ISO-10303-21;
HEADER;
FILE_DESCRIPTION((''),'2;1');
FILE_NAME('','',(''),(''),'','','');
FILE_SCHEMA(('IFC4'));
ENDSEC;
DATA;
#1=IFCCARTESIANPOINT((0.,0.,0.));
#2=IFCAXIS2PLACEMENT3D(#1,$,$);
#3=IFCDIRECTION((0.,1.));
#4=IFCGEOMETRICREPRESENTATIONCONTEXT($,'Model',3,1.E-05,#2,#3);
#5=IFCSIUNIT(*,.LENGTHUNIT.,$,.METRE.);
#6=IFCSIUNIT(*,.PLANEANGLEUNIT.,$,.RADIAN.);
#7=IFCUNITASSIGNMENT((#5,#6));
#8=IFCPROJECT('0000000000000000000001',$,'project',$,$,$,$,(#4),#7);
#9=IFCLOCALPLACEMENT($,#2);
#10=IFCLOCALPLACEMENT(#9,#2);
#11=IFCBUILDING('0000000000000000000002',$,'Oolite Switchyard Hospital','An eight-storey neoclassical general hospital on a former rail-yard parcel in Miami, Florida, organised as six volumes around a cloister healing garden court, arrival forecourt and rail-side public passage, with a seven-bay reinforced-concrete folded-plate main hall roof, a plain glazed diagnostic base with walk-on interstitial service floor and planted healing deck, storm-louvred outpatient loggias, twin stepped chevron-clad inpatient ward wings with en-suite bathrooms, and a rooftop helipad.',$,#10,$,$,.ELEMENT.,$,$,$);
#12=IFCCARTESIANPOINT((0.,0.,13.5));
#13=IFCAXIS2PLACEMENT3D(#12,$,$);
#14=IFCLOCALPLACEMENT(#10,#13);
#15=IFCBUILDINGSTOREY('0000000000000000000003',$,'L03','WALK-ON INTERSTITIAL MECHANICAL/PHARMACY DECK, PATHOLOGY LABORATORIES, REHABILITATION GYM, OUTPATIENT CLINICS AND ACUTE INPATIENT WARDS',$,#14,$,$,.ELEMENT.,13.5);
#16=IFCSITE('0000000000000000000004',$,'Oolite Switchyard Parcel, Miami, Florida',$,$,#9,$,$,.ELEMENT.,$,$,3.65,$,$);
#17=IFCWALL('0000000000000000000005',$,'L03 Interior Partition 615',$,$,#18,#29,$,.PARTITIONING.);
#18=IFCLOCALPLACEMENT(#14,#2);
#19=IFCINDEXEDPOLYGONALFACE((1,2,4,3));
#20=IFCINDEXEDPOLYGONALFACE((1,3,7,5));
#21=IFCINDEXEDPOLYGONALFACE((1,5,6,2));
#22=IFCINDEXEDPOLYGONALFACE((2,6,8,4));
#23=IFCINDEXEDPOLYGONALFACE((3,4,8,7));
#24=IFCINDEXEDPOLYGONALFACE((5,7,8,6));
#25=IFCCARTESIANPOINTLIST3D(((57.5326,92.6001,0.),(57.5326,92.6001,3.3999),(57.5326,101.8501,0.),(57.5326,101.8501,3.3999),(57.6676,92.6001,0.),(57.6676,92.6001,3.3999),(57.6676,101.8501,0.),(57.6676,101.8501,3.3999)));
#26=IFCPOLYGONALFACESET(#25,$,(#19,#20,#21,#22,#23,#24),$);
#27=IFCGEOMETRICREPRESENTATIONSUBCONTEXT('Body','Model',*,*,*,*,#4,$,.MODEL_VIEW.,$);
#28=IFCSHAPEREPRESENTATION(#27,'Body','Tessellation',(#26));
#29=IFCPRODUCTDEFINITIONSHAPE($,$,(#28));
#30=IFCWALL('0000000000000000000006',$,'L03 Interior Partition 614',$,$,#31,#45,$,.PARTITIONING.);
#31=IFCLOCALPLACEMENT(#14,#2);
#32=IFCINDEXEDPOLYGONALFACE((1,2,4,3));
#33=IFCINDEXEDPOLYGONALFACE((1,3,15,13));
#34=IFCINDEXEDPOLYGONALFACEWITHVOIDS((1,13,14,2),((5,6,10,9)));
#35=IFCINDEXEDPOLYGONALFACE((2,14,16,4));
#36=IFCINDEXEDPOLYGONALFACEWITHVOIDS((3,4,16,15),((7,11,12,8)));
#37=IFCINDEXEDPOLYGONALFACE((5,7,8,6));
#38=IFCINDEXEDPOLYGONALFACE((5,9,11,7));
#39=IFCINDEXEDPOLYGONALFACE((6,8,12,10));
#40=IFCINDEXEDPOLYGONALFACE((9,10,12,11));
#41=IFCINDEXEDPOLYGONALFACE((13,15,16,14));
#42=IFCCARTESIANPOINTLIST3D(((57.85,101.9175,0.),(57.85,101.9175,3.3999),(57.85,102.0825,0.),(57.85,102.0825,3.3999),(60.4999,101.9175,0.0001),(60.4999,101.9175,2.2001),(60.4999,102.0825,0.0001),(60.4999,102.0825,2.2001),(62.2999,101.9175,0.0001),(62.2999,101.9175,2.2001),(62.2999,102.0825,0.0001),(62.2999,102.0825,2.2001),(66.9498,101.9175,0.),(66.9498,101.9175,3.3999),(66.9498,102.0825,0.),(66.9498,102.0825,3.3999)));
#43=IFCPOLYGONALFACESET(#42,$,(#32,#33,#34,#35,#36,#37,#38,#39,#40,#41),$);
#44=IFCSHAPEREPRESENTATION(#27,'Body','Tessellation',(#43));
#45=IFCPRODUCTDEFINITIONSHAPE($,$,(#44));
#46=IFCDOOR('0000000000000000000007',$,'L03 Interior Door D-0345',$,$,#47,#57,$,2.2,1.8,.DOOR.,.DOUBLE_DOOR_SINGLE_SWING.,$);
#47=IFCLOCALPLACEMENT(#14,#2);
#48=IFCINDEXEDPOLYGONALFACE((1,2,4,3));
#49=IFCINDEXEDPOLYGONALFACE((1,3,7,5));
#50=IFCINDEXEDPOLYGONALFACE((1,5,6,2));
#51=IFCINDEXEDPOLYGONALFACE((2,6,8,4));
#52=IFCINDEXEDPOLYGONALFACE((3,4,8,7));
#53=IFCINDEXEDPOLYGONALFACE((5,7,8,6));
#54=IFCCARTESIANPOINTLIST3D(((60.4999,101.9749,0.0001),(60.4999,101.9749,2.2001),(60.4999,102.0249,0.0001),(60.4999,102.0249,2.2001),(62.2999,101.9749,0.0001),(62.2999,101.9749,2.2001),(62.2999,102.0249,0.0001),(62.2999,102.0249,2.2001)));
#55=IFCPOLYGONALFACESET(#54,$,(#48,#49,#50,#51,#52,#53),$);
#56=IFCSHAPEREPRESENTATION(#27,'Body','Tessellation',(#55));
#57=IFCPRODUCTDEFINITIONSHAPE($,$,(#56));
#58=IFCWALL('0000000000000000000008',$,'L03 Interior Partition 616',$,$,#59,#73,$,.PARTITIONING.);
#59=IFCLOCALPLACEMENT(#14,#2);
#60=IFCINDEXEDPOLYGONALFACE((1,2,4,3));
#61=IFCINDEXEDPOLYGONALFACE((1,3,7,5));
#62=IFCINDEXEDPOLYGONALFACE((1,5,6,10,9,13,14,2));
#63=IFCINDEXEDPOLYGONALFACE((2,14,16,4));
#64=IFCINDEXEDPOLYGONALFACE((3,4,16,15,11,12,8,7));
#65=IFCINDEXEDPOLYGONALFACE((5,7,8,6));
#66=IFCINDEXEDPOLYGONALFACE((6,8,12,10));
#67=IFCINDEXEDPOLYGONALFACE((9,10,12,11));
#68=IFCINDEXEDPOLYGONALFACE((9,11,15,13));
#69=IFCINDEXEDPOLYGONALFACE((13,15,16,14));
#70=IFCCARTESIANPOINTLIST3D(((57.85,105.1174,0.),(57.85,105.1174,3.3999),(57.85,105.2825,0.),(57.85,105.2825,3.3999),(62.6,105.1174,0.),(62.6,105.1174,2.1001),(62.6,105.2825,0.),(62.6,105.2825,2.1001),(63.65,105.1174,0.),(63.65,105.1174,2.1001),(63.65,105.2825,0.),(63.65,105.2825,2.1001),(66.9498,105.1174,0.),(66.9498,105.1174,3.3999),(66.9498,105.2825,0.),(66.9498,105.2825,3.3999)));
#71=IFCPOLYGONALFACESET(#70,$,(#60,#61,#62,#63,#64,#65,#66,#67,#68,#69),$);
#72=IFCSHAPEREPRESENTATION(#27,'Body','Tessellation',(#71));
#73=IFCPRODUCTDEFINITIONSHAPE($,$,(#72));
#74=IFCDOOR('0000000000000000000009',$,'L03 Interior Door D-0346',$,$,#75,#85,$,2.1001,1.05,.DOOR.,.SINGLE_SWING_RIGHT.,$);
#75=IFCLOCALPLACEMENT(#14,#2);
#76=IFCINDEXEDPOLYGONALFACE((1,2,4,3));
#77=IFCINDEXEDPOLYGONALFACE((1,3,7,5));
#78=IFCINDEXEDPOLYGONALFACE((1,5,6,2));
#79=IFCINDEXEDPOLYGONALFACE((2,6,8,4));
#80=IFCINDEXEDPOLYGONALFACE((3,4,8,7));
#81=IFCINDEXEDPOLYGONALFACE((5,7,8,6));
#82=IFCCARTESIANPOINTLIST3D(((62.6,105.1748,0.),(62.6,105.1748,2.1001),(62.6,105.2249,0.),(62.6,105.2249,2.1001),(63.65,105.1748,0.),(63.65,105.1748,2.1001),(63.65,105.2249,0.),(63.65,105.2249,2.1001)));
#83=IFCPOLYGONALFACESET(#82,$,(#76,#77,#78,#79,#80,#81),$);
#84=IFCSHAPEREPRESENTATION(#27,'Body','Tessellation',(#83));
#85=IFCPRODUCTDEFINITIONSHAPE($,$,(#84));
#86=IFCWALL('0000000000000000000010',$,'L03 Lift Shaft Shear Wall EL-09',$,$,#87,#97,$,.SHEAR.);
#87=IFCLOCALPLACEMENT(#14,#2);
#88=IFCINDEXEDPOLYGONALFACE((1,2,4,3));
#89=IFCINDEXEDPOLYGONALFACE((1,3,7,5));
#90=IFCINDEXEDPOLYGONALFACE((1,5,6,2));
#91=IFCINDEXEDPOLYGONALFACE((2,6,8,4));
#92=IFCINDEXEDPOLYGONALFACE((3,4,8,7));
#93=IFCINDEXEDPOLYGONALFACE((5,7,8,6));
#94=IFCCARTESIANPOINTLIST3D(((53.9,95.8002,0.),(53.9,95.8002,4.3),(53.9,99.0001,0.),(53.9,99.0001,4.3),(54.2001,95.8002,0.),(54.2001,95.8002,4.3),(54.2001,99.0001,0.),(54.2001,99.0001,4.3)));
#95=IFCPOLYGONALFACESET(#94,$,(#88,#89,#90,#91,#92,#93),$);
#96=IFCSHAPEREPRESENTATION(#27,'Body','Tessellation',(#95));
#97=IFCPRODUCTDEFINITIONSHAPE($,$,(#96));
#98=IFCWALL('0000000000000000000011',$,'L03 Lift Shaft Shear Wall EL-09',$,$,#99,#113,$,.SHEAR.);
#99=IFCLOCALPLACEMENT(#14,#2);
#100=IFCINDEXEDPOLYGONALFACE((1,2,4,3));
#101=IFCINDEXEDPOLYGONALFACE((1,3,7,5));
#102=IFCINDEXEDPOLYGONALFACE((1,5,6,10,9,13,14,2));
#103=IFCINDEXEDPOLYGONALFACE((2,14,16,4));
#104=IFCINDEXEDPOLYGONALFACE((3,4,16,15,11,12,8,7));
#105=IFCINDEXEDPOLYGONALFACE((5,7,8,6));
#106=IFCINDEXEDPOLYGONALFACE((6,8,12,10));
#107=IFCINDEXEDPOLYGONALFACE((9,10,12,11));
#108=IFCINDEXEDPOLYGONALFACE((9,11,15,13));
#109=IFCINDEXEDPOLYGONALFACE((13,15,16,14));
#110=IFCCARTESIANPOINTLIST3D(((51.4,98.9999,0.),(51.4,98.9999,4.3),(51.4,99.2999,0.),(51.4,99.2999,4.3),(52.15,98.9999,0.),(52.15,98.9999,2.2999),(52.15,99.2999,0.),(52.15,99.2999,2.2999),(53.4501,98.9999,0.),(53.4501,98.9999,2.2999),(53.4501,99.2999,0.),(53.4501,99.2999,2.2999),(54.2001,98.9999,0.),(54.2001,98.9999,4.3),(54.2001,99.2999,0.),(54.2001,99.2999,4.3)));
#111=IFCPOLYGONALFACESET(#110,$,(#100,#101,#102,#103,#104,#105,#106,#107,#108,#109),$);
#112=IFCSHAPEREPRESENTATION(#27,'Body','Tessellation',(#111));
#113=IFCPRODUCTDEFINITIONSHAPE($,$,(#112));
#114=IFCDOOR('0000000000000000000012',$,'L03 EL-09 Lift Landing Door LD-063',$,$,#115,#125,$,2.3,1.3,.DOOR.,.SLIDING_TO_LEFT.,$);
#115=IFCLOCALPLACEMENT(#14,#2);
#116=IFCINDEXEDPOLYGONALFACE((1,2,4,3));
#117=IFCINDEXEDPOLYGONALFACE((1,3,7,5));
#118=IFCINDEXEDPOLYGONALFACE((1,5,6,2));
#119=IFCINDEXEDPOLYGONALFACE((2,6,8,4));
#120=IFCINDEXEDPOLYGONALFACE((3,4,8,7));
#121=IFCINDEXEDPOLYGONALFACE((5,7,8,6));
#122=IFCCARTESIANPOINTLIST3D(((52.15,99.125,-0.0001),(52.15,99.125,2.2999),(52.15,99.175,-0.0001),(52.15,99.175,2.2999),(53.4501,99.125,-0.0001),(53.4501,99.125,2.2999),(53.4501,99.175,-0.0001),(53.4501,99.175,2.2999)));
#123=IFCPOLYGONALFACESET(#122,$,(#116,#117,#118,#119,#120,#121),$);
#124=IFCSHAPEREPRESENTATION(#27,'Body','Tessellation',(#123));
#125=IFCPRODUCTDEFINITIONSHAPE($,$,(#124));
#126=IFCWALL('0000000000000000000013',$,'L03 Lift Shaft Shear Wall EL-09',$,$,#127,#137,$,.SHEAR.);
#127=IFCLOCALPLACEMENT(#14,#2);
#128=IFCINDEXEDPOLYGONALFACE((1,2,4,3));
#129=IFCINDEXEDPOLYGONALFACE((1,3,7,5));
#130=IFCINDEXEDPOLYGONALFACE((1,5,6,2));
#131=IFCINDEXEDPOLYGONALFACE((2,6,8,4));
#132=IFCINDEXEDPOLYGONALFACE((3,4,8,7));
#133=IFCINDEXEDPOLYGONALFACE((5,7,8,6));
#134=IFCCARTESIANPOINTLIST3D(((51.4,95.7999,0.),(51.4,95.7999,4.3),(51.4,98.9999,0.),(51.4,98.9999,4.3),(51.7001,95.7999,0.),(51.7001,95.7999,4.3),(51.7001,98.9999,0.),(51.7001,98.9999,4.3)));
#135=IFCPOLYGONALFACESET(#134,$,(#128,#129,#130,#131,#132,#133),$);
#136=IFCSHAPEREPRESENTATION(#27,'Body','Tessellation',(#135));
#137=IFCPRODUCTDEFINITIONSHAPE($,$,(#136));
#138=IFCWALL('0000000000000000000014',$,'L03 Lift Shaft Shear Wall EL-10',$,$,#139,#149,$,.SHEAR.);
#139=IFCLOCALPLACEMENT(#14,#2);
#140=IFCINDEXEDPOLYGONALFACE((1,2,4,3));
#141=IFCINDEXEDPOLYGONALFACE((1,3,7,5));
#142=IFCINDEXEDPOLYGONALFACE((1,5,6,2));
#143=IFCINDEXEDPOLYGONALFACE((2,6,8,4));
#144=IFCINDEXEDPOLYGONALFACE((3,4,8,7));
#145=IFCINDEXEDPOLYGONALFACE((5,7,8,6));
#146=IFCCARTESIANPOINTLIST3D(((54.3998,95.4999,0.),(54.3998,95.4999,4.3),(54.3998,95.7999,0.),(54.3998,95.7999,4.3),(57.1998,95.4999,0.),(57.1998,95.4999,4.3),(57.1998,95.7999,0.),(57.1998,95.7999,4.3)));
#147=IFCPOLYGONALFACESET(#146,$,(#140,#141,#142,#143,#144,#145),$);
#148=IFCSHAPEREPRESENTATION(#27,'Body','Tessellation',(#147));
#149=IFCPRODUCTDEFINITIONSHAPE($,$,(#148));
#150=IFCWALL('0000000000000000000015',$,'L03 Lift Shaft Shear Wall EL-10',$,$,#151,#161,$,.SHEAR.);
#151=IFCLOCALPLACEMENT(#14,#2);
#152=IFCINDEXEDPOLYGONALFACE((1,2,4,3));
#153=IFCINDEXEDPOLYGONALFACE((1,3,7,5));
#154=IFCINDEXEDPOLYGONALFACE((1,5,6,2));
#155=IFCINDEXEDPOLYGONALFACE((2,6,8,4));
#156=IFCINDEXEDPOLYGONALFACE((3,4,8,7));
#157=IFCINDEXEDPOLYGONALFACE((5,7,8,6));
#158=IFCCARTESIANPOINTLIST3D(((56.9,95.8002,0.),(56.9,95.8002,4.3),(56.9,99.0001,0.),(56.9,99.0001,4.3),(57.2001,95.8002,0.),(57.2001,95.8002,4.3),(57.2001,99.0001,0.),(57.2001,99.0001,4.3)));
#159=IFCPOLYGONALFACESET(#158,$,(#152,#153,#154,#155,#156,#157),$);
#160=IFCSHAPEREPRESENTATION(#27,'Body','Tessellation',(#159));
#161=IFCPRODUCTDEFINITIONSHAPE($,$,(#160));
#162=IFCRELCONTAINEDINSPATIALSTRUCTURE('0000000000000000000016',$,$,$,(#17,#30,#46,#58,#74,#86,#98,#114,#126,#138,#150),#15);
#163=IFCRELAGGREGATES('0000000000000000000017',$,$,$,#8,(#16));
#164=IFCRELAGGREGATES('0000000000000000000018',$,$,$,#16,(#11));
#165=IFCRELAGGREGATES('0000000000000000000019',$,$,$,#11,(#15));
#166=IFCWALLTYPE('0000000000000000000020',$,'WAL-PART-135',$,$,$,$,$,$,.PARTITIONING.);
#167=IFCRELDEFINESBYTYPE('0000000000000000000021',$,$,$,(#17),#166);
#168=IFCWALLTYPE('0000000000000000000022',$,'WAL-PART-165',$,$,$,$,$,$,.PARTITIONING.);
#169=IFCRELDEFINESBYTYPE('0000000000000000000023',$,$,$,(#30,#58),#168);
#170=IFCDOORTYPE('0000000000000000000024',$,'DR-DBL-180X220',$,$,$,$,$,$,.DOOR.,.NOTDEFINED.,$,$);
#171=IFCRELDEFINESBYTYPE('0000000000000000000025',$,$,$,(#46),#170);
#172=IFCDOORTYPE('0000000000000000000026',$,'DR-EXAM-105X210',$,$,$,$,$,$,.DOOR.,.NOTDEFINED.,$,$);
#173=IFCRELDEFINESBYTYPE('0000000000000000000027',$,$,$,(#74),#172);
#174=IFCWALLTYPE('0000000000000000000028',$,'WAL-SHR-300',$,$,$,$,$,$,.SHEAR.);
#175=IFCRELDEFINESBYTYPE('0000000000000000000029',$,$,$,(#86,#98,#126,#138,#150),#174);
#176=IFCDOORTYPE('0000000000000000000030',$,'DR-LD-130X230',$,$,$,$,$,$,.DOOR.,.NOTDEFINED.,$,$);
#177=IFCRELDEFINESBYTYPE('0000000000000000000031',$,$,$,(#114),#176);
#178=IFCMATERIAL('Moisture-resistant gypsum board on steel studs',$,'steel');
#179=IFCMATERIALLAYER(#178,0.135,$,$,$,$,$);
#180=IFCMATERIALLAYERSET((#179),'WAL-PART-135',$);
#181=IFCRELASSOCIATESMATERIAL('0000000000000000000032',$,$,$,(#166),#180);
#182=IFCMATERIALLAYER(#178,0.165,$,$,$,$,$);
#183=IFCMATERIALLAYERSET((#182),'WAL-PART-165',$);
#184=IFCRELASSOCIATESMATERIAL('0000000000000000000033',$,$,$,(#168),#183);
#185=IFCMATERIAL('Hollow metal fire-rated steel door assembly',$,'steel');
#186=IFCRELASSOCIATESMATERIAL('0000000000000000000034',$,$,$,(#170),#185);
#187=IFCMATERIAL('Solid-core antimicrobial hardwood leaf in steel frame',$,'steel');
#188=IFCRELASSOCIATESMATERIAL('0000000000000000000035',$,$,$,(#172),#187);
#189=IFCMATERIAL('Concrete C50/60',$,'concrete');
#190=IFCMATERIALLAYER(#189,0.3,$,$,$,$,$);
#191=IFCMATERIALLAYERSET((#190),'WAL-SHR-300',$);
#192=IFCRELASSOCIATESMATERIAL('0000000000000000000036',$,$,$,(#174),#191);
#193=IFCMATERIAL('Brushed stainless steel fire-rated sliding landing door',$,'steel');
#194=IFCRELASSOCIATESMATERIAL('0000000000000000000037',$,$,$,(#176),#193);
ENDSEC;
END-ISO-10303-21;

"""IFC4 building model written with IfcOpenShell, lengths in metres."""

from ifc_helpers import new_model, si_unit, direction, frame, frame_2d, origin, place, context, subcontext, project, spatial, rectangle, extrude, material, layer, layer_set, type_object, element, fill, save


model = new_model("IFC4")

# Units and contexts
model_context = context("Model", 3, precision=1e-05, world=origin(), true_north=direction((0.0, 1.0)))
body_context = subcontext(model_context, "Body", "Model", "MODEL_VIEW")
ifc_project = project(units=[si_unit("LENGTHUNIT", "METRE"), si_unit("PLANEANGLEUNIT", "RADIAN")], contexts=[model_context])

# Site, building, storey
site_placement = place(None, origin())
site = spatial("IfcSite", under=ifc_project, at=site_placement, Name="Oolite Switchyard Parcel, Miami, Florida", CompositionType="ELEMENT", RefElevation=3.65)
building_placement = place(site_placement, origin())
building = spatial("IfcBuilding", under=site, at=building_placement, Name="Oolite Switchyard Hospital", Description="An eight-storey neoclassical general hospital on a former rail-yard parcel in Miami, Florida, organised as six volumes around a cloister healing garden court, arrival forecourt and rail-side public passage, with a seven-bay reinforced-concrete folded-plate main hall roof, a plain glazed diagnostic base with walk-on interstitial service floor and planted healing deck, storm-louvred outpatient loggias, twin stepped chevron-clad inpatient ward wings with en-suite bathrooms, and a rooftop helipad.", CompositionType="ELEMENT")
storey_placement = place(building_placement, frame((0.0, 0.0, 13.5)))
storey = spatial("IfcBuildingStorey", under=building, at=storey_placement, Name="L03", Description="WALK-ON INTERSTITIAL MECHANICAL/PHARMACY DECK, PATHOLOGY LABORATORIES, REHABILITATION GYM, OUTPATIENT CLINICS AND ACUTE INPATIENT WARDS", CompositionType="ELEMENT", Elevation=13.5)

# Shared definitions
ifc_material_1 = material(Name="Concrete C50/60", Category="concrete")

# Wall
ifc_material_2 = material(Name="Moisture-resistant gypsum board on steel studs", Category="steel")
ifc_layer_1 = layer(ifc_material_2, 0.135)
ifc_layer_set_1 = layer_set([ifc_layer_1], Name="WAL-PART-135")
wall_type_1 = type_object("IfcWallType", Name="WAL-PART-135", PredefinedType="PARTITIONING", material=ifc_layer_set_1)
wall_1_placement = place(storey_placement, frame((57.6001, 92.6001, 0.0), z_axis=(0.0, 0.0, 1.0), x_axis=(0.0, 1.0, 0.0)))
element("IfcWall", 1, at=wall_1_placement, inside=storey, type_object=wall_type_1, Name="L03 Interior Partition 615", PredefinedType="PARTITIONING", context=body_context, shape_type="SweptSolid", body=[
    extrude(rectangle(XDim=9.25, YDim=0.135, at=frame_2d((4.625, 0.0))), origin(), (0.0, 0.0, 1.0), 3.3999),
])

# Walls, openings, doors
ifc_layer_2 = layer(ifc_material_2, 0.165)
ifc_layer_set_2 = layer_set([ifc_layer_2], Name="WAL-PART-165")
wall_type_2 = type_object("IfcWallType", Name="WAL-PART-165", PredefinedType="PARTITIONING", material=ifc_layer_set_2)
wall_2_placement = place(storey_placement, frame((57.8501, 102.0, 0.0), z_axis=(0.0, 0.0, 1.0), x_axis=(1.0, 0.0, 0.0)))
wall_2 = element("IfcWall", 2, at=wall_2_placement, inside=storey, type_object=wall_type_2, Name="L03 Interior Partition 614", PredefinedType="PARTITIONING", context=body_context, shape_type="SweptSolid", body=[
    extrude(rectangle(XDim=9.0999, YDim=0.165, at=frame_2d((4.5498, 0.0))), origin(), (0.0, 0.0, 1.0), 3.3999),
])
opening_1_placement = place(wall_2_placement, frame((2.6499, 0.0, 0.0)))
opening_1 = element("IfcOpeningElement", 3, at=opening_1_placement, cuts=wall_2, PredefinedType="OPENING", context=body_context, shape_type="SweptSolid", body=[
    extrude(rectangle(XDim=1.8, YDim=2.2, at=frame_2d((0.8999, 1.1001))), frame((0.0, 0.0925, 0.0), z_axis=(0.0, -1.0, 0.0), x_axis=(1.0, 0.0, 0.0)), (0.0, 0.0, 1.0), 0.1851),
])
ifc_material_3 = material(Name="Hollow metal fire-rated steel door assembly", Category="steel")
door_type_1 = type_object("IfcDoorType", Name="DR-DBL-180X220", OperationType="NOTDEFINED", PredefinedType="DOOR", material=ifc_material_3)
door_1_placement = place(opening_1_placement, origin())
door_1 = element("IfcDoor", 4, at=door_1_placement, inside=storey, type_object=door_type_1, Name="L03 Interior Door D-0345", OperationType="DOUBLE_DOOR_SINGLE_SWING", OverallHeight=2.2, OverallWidth=1.8, PredefinedType="DOOR", context=body_context, shape_type="SweptSolid", body=[
    extrude(rectangle(XDim=1.8, YDim=2.2, at=frame_2d((0.8999, 1.1001))), frame((0.0, 0.0249, 0.0), z_axis=(0.0, -1.0, 0.0), x_axis=(1.0, 0.0, 0.0)), (0.0, 0.0, 1.0), 0.05),
])
fill(opening_1, door_1)
wall_3_placement = place(storey_placement, frame((57.8501, 105.2, 0.0), z_axis=(0.0, 0.0, 1.0), x_axis=(1.0, 0.0, 0.0)))
wall_3 = element("IfcWall", 5, at=wall_3_placement, inside=storey, type_object=wall_type_2, Name="L03 Interior Partition 616", PredefinedType="PARTITIONING", context=body_context, shape_type="SweptSolid", body=[
    extrude(rectangle(XDim=9.0999, YDim=0.165, at=frame_2d((4.5498, 0.0))), origin(), (0.0, 0.0, 1.0), 3.3999),
])
opening_2_placement = place(wall_3_placement, frame((4.75, 0.0, 0.0)))
opening_2 = element("IfcOpeningElement", 6, at=opening_2_placement, cuts=wall_3, PredefinedType="OPENING", context=body_context, shape_type="SweptSolid", body=[
    extrude(rectangle(XDim=1.05, YDim=2.1001, at=frame_2d((0.5249, 1.05))), frame((0.0, 0.0925, 0.0), z_axis=(0.0, -1.0, 0.0), x_axis=(1.0, 0.0, 0.0)), (0.0, 0.0, 1.0), 0.1851),
])
ifc_material_4 = material(Name="Solid-core antimicrobial hardwood leaf in steel frame", Category="steel")
door_type_2 = type_object("IfcDoorType", Name="DR-EXAM-105X210", OperationType="NOTDEFINED", PredefinedType="DOOR", material=ifc_material_4)
door_2_placement = place(opening_2_placement, origin())
door_2 = element("IfcDoor", 7, at=door_2_placement, inside=storey, type_object=door_type_2, Name="L03 Interior Door D-0346", OperationType="SINGLE_SWING_RIGHT", OverallHeight=2.1001, OverallWidth=1.05, PredefinedType="DOOR", context=body_context, shape_type="SweptSolid", body=[
    extrude(rectangle(XDim=1.05, YDim=2.1001, at=frame_2d((0.5249, 1.05))), frame((0.0, 0.0249, 0.0), z_axis=(0.0, -1.0, 0.0), x_axis=(1.0, 0.0, 0.0)), (0.0, 0.0, 1.0), 0.05),
])
fill(opening_2, door_2)

# Wall
ifc_layer_3 = layer(ifc_material_1, 0.3)
ifc_layer_set_3 = layer_set([ifc_layer_3], Name="WAL-SHR-300")
wall_type_3 = type_object("IfcWallType", Name="WAL-SHR-300", PredefinedType="SHEAR", material=ifc_layer_set_3)
wall_4_placement = place(storey_placement, frame((54.05, 95.8, 0.0), z_axis=(0.0, 0.0, 1.0), x_axis=(0.0, 1.0, 0.0)))
element("IfcWall", 8, at=wall_4_placement, inside=storey, type_object=wall_type_3, Name="L03 Lift Shaft Shear Wall EL-09", PredefinedType="SHEAR", context=body_context, shape_type="SweptSolid", body=[
    extrude(rectangle(XDim=3.2, YDim=0.3, at=frame_2d((1.6001, 0.0))), origin(), (0.0, 0.0, 1.0), 4.3),
])

# Wall, opening, door
wall_5_placement = place(storey_placement, frame((54.2, 99.1499, 0.0), z_axis=(0.0, 0.0, 1.0), x_axis=(-1.0, 0.0, 0.0)))
wall_5 = element("IfcWall", 9, at=wall_5_placement, inside=storey, type_object=wall_type_3, Name="L03 Lift Shaft Shear Wall EL-09", PredefinedType="SHEAR", context=body_context, shape_type="SweptSolid", body=[
    extrude(rectangle(XDim=2.8, YDim=0.3, at=frame_2d((1.3999, 0.0))), origin(), (0.0, 0.0, 1.0), 4.3),
])
opening_3_placement = place(wall_5_placement, frame((0.75, 0.0, 0.0)))
opening_3 = element("IfcOpeningElement", 10, at=opening_3_placement, cuts=wall_5, PredefinedType="OPENING", context=body_context, shape_type="SweptSolid", body=[
    extrude(rectangle(XDim=1.3, YDim=2.3, at=frame_2d((0.6499, 1.1499))), frame((0.0, 0.1602, 0.0), z_axis=(0.0, -1.0, 0.0), x_axis=(1.0, 0.0, 0.0)), (0.0, 0.0, 1.0), 0.3201),
])
ifc_material_5 = material(Name="Brushed stainless steel fire-rated sliding landing door", Category="steel")
door_type_3 = type_object("IfcDoorType", Name="DR-LD-130X230", OperationType="NOTDEFINED", PredefinedType="DOOR", material=ifc_material_5)
door_3_placement = place(opening_3_placement, origin())
door_3 = element("IfcDoor", 11, at=door_3_placement, inside=storey, type_object=door_type_3, Name="L03 EL-09 Lift Landing Door LD-063", OperationType="SLIDING_TO_LEFT", OverallHeight=2.3, OverallWidth=1.3, PredefinedType="DOOR", context=body_context, shape_type="SweptSolid", body=[
    extrude(rectangle(XDim=1.3, YDim=2.3, at=frame_2d((0.6499, 1.1499))), frame((0.0, 0.0249, 0.0), z_axis=(0.0, -1.0, 0.0), x_axis=(1.0, 0.0, 0.0)), (0.0, 0.0, 1.0), 0.05),
])
fill(opening_3, door_3)

# Walls
wall_6_placement = place(storey_placement, frame((51.55, 99.0, 0.0), z_axis=(0.0, 0.0, 1.0), x_axis=(0.0, -1.0, 0.0)))
element("IfcWall", 12, at=wall_6_placement, inside=storey, type_object=wall_type_3, Name="L03 Lift Shaft Shear Wall EL-09", PredefinedType="SHEAR", context=body_context, shape_type="SweptSolid", body=[
    extrude(rectangle(XDim=3.2, YDim=0.3, at=frame_2d((1.6001, 0.0))), origin(), (0.0, 0.0, 1.0), 4.3),
])
wall_7_placement = place(storey_placement, frame((54.3999, 95.6499, 0.0), z_axis=(0.0, 0.0, 1.0), x_axis=(1.0, 0.0, 0.0)))
element("IfcWall", 13, at=wall_7_placement, inside=storey, type_object=wall_type_3, Name="L03 Lift Shaft Shear Wall EL-10", PredefinedType="SHEAR", context=body_context, shape_type="SweptSolid", body=[
    extrude(rectangle(XDim=2.8, YDim=0.3, at=frame_2d((1.3999, 0.0))), origin(), (0.0, 0.0, 1.0), 4.3),
])
wall_8_placement = place(storey_placement, frame((57.05, 95.8, 0.0), z_axis=(0.0, 0.0, 1.0), x_axis=(0.0, 1.0, 0.0)))
element("IfcWall", 14, at=wall_8_placement, inside=storey, type_object=wall_type_3, Name="L03 Lift Shaft Shear Wall EL-10", PredefinedType="SHEAR", context=body_context, shape_type="SweptSolid", body=[
    extrude(rectangle(XDim=3.2, YDim=0.3, at=frame_2d((1.6001, 0.0))), origin(), (0.0, 0.0, 1.0), 4.3),
])

save(model, "model.ifc")
